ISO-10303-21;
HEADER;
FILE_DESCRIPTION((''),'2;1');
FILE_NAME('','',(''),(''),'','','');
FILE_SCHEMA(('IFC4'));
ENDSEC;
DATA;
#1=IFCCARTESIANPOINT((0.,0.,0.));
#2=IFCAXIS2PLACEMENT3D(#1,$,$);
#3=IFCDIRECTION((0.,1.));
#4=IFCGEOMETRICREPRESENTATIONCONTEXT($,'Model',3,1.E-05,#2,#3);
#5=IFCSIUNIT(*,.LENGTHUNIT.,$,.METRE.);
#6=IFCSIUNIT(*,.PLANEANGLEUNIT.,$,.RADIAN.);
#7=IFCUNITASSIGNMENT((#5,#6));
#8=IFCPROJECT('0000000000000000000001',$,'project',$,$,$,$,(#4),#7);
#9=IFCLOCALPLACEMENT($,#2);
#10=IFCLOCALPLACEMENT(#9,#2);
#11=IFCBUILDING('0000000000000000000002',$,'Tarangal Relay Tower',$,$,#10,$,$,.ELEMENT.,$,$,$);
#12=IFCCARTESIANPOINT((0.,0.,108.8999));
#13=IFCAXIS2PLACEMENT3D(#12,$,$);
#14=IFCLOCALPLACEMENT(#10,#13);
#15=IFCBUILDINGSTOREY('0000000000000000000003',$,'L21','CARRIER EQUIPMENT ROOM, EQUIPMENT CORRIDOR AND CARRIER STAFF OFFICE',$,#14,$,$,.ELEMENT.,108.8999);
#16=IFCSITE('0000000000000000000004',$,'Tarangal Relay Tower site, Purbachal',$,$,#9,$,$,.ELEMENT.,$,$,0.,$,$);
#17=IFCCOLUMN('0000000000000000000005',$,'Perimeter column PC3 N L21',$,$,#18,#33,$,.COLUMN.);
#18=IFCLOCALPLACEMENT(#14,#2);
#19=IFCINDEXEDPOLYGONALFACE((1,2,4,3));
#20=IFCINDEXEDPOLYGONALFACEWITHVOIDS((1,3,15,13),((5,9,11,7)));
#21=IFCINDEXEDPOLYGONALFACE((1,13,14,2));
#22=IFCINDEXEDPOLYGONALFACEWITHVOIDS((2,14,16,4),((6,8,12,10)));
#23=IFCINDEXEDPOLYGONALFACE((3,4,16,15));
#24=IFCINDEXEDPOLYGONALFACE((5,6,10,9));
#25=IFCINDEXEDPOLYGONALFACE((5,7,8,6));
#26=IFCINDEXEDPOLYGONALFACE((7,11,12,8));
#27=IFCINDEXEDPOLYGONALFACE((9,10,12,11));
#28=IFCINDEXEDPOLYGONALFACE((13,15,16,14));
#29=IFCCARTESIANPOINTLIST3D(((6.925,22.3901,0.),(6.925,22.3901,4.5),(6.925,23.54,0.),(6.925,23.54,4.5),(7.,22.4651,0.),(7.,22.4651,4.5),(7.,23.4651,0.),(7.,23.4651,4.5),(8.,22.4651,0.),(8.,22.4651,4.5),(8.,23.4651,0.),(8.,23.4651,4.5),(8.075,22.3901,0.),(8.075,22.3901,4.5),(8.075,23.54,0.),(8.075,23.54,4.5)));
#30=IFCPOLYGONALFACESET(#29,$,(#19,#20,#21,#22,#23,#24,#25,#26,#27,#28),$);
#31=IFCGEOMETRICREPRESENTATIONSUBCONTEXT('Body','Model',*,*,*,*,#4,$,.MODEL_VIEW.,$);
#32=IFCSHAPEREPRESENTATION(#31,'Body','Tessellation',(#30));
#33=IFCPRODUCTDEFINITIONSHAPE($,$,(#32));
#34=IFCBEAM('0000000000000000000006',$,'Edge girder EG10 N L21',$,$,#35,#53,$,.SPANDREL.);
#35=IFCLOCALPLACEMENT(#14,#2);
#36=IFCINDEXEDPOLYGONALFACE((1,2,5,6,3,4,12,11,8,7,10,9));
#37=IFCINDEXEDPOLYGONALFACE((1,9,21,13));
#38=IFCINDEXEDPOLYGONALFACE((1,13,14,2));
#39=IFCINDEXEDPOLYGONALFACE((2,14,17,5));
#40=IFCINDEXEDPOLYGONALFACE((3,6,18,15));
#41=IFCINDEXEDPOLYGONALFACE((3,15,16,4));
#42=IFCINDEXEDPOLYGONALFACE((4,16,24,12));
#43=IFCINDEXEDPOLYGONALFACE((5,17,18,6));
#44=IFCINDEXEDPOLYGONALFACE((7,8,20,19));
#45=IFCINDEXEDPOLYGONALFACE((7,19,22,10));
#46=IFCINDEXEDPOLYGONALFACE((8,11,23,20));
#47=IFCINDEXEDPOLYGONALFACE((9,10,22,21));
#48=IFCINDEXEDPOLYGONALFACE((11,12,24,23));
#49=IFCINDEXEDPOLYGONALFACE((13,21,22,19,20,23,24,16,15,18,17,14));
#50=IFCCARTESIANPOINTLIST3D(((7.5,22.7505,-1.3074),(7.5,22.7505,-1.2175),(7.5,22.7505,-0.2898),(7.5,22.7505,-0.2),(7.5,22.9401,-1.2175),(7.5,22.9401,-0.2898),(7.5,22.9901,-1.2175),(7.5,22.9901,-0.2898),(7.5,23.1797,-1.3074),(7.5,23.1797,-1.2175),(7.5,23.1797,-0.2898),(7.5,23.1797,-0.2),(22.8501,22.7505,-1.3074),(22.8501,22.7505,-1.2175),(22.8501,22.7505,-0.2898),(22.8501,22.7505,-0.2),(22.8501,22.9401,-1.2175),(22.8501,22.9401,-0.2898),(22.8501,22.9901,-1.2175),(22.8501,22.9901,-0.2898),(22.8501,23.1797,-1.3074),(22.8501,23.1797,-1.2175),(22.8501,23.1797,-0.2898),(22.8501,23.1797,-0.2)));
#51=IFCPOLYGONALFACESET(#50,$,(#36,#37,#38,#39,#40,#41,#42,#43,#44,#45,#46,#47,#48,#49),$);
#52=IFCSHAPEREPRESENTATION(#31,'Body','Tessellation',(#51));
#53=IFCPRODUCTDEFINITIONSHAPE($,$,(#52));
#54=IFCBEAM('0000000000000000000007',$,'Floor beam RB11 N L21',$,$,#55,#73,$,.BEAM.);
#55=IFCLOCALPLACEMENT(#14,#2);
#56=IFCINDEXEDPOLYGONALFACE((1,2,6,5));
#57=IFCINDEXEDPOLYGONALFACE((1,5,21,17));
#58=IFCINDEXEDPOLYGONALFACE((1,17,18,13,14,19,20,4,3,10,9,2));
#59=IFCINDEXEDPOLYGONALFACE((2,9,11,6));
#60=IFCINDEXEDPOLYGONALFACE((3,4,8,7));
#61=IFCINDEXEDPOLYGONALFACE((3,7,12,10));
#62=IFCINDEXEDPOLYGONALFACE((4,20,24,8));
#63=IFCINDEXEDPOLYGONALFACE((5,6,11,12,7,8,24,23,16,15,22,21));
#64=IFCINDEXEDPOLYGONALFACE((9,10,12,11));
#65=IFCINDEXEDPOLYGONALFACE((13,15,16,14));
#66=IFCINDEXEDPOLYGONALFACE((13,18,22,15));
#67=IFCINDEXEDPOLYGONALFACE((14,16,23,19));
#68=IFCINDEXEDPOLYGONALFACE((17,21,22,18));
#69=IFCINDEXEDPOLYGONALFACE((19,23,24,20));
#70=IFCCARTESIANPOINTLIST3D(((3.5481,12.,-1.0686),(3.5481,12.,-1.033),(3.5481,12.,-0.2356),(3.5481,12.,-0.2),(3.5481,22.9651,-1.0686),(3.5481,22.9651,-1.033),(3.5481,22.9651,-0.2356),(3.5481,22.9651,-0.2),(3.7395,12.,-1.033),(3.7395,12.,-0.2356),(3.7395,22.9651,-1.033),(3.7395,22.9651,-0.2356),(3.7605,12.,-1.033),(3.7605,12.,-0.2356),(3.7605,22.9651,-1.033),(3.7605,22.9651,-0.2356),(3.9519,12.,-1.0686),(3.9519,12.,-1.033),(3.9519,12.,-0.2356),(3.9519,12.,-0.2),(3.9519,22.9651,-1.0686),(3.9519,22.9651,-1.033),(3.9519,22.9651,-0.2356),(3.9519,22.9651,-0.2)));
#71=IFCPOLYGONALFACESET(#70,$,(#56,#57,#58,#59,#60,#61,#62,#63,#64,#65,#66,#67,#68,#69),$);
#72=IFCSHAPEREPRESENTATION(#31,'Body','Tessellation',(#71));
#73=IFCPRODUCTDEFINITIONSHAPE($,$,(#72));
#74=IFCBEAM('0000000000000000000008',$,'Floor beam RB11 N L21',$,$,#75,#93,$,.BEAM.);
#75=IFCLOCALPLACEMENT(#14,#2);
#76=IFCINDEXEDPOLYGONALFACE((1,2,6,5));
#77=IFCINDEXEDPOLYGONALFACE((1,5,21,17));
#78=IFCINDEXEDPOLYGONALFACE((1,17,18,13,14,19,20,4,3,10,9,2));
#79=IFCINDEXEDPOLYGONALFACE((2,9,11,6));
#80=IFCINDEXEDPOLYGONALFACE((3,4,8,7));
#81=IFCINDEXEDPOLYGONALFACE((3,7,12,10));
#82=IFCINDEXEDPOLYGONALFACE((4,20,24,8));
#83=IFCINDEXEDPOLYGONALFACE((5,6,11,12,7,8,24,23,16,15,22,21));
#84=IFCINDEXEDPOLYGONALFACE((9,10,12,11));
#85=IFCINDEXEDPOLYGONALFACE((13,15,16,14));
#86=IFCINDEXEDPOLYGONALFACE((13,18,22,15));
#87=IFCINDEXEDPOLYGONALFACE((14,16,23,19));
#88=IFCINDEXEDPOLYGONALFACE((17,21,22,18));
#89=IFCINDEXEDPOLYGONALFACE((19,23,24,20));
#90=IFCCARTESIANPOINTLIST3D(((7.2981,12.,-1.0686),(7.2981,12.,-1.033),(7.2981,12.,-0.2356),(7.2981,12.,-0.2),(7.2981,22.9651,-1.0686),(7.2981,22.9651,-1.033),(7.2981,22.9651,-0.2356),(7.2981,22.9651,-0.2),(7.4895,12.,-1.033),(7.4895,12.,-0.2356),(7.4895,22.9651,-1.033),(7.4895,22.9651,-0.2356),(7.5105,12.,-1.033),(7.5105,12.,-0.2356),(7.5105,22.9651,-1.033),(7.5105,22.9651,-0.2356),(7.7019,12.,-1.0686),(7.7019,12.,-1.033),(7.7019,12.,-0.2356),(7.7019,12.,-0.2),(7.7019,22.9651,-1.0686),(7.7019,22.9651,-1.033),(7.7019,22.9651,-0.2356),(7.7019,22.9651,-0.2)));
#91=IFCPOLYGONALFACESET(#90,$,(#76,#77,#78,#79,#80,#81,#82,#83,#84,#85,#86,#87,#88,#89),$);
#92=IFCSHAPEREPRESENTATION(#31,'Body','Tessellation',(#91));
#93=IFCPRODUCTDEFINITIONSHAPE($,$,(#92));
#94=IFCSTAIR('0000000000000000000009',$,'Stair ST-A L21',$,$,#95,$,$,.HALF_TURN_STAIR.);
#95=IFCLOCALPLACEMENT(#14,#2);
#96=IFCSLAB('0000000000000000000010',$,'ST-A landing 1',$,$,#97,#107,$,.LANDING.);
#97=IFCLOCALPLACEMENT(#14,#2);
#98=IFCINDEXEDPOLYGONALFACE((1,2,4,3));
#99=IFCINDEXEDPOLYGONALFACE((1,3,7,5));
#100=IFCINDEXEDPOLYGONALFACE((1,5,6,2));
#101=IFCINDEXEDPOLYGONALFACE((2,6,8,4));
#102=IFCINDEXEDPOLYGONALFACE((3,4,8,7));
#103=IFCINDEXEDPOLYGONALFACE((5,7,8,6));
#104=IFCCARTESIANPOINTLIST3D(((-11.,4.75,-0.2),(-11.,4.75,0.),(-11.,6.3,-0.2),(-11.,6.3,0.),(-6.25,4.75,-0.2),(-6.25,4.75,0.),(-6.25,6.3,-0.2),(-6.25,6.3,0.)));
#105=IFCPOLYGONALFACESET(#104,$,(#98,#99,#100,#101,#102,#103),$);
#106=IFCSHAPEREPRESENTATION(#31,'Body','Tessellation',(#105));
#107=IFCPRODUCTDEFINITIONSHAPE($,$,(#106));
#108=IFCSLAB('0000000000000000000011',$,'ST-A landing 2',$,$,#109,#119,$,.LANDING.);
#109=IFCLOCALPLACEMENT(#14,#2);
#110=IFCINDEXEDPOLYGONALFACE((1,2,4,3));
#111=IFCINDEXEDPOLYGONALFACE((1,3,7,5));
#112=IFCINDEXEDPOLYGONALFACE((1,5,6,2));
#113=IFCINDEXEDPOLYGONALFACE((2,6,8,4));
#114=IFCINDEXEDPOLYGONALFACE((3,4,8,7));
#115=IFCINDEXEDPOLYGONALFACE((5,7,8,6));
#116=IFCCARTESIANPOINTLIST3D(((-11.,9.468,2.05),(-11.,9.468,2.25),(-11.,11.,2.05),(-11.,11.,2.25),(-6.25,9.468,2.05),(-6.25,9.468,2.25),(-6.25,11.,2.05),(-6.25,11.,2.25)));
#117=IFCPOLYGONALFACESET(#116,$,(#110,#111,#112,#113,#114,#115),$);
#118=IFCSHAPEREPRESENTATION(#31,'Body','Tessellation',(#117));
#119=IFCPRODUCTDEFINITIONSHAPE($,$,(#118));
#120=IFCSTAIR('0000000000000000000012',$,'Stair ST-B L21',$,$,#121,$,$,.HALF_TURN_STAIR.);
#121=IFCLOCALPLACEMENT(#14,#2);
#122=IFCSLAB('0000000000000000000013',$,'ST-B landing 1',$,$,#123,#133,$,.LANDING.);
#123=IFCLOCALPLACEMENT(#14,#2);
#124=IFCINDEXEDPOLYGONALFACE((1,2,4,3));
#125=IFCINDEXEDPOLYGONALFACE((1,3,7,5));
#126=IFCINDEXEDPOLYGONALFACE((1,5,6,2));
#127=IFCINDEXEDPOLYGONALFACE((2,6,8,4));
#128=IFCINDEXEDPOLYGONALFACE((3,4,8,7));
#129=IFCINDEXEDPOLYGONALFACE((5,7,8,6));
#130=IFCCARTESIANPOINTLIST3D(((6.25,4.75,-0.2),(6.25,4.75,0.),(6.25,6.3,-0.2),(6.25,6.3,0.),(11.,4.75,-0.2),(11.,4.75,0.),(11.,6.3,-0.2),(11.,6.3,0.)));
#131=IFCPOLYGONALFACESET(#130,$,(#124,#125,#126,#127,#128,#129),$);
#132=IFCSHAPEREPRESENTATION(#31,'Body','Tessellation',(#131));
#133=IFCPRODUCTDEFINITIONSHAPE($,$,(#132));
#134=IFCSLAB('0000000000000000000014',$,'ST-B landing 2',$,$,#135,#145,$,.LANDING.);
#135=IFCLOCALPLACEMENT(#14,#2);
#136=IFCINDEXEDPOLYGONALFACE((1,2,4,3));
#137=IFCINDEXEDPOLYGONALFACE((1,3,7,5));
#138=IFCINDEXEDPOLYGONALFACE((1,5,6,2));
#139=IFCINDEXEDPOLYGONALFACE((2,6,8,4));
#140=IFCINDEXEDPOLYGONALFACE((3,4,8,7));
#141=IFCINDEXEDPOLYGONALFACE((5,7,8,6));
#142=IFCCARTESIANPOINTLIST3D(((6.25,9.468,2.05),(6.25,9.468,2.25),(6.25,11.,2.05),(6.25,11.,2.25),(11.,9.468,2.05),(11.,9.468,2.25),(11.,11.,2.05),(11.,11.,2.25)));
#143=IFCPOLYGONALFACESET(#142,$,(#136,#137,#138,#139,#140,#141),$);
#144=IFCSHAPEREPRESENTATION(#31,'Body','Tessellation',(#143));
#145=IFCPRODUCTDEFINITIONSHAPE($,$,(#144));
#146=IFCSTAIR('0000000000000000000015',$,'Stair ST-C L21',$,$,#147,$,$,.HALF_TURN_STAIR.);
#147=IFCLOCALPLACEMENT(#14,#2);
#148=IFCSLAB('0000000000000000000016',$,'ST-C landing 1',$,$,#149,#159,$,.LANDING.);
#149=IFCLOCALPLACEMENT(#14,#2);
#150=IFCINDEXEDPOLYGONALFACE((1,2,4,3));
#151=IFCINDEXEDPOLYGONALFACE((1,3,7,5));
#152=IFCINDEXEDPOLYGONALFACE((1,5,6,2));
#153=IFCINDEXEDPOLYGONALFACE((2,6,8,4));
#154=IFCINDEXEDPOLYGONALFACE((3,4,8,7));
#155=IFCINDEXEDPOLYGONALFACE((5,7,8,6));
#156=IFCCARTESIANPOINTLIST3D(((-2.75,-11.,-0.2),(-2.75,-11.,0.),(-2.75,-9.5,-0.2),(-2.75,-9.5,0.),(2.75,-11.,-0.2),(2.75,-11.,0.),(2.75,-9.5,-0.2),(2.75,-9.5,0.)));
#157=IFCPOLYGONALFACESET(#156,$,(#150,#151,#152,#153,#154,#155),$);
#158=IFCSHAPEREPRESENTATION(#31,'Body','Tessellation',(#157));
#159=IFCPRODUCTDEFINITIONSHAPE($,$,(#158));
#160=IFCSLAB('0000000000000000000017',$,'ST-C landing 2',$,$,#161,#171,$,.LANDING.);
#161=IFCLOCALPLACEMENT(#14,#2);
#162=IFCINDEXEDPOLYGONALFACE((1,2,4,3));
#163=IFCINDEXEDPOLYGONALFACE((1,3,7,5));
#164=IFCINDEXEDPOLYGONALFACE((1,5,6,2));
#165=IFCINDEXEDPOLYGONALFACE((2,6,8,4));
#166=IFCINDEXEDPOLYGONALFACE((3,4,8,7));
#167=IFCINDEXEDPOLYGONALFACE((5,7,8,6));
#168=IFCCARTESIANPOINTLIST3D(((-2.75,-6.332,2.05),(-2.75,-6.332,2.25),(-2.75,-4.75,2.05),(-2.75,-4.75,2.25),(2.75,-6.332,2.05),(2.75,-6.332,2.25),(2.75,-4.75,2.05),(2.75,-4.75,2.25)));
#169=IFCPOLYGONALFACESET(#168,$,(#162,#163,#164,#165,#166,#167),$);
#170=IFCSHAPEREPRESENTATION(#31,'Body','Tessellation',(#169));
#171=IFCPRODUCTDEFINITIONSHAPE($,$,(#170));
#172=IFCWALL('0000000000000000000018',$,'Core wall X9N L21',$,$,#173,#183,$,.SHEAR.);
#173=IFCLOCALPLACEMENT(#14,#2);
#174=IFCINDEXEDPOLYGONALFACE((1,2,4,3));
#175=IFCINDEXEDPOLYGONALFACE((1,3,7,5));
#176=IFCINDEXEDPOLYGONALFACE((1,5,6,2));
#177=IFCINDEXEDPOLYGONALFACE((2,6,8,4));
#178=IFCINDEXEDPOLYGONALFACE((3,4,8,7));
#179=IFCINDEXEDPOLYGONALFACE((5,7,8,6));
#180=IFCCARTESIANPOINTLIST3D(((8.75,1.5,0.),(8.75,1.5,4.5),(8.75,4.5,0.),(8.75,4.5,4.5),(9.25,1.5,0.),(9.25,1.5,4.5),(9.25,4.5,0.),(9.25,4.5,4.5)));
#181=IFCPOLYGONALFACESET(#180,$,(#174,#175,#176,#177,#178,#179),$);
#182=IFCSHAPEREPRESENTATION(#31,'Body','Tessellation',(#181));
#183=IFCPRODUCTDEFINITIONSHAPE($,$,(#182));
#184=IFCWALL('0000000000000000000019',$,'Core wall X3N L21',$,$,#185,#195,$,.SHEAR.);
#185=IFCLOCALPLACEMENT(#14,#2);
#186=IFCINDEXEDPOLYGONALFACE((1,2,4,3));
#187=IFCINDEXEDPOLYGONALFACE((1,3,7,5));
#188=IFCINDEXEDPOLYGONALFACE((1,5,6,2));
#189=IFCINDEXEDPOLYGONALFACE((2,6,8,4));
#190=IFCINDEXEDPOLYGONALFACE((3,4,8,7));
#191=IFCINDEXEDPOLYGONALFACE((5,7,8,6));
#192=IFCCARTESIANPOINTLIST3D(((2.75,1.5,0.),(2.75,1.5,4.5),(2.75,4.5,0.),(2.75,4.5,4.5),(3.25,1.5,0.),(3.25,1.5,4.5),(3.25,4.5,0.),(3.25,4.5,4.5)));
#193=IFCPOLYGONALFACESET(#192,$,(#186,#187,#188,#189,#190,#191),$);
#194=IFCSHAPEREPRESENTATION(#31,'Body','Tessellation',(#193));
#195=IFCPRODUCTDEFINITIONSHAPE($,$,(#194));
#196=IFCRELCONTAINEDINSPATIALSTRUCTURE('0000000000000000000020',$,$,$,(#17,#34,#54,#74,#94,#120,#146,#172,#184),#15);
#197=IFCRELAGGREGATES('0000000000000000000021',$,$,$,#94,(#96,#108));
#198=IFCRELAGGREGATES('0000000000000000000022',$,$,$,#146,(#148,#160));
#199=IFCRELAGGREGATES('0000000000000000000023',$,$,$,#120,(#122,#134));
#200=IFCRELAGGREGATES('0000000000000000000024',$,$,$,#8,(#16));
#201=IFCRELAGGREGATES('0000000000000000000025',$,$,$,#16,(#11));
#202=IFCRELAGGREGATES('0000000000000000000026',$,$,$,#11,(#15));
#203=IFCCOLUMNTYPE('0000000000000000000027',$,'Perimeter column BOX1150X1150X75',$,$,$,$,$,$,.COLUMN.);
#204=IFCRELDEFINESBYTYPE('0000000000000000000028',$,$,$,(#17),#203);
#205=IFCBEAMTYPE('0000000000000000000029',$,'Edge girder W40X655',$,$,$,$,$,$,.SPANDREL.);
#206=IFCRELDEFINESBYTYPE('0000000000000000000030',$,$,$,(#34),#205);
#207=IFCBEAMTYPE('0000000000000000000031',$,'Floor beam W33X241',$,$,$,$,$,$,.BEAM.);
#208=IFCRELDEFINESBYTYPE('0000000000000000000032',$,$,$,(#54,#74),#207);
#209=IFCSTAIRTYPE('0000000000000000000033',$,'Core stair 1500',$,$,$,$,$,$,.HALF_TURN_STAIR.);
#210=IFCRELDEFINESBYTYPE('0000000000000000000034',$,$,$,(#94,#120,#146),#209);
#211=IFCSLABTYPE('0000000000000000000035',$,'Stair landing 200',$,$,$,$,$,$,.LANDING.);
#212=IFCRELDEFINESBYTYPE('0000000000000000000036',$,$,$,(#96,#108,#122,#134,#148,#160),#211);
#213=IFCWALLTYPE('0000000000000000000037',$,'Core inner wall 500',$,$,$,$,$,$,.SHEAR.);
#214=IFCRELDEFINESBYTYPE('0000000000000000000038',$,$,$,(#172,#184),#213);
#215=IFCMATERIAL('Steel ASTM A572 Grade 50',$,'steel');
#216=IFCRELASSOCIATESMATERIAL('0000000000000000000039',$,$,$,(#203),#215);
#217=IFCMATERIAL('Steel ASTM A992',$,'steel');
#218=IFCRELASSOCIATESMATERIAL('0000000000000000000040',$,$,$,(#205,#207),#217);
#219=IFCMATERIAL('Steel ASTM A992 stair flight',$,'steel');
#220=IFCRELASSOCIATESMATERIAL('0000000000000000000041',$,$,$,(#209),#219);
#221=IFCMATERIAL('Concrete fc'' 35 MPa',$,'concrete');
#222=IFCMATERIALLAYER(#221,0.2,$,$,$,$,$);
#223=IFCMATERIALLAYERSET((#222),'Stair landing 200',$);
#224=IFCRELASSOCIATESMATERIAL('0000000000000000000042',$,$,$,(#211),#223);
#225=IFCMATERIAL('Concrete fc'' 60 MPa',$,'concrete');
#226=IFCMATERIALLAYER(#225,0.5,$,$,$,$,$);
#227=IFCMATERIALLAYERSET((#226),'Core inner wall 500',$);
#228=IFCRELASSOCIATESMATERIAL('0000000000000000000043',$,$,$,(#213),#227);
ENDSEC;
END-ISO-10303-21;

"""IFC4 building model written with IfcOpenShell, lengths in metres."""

from ifc_helpers import new_model, si_unit, direction, frame, frame_2d, origin, origin_2d, place, context, subcontext, project, spatial, polyline, rectangle, hollow_rectangle, i_section, outline, extrude, material, layer, layer_set, material_profile, profile_set, type_object, element, aggregate, save


model = new_model("IFC4")

# Units and contexts
model_context = context("Model", 3, precision=1e-05, world=origin(), true_north=direction((0.0, 1.0)))
body_context = subcontext(model_context, "Body", "Model", "MODEL_VIEW")
ifc_project = project(units=[si_unit("LENGTHUNIT", "METRE"), si_unit("PLANEANGLEUNIT", "RADIAN")], contexts=[model_context])

# Site, building, storey
site_placement = place(None, origin())
site = spatial("IfcSite", under=ifc_project, at=site_placement, Name="Tarangal Relay Tower site, Purbachal", CompositionType="ELEMENT", RefElevation=0.0)
building_placement = place(site_placement, origin())
building = spatial("IfcBuilding", under=site, at=building_placement, Name="Tarangal Relay Tower", CompositionType="ELEMENT")
storey_placement = place(building_placement, frame((0.0, 0.0, 108.8999)))
storey = spatial("IfcBuildingStorey", under=building, at=storey_placement, Name="L21", Description="CARRIER EQUIPMENT ROOM, EQUIPMENT CORRIDOR AND CARRIER STAFF OFFICE", CompositionType="ELEMENT", Elevation=108.8999)

# Column
ifc_material_1 = material(Name="Steel ASTM A572 Grade 50", Category="steel")
ifc_material_profile_1 = material_profile(ifc_material_1, hollow_rectangle(XDim=1.1499, YDim=1.1499, WallThickness=0.075, at=origin_2d()), Name="BOX1150X1150X75")
ifc_profile_set_1 = profile_set([ifc_material_profile_1], Name="Steel ASTM A572 Grade 50")
column_type = type_object("IfcColumnType", Name="Perimeter column BOX1150X1150X75", PredefinedType="COLUMN", material=ifc_profile_set_1)
column_placement = place(storey_placement, frame((7.5, 22.9651, 0.0), z_axis=(0.0, 0.0, 1.0), x_axis=(1.0, 0.0, 0.0)))
element("IfcColumn", 1, at=column_placement, inside=storey, type_object=column_type, Name="Perimeter column PC3 N L21", PredefinedType="COLUMN", context=body_context, shape_type="SweptSolid", body=[
    extrude(hollow_rectangle(XDim=1.1499, YDim=1.1499, WallThickness=0.075, at=origin_2d()), origin(), (0.0, 0.0, 1.0), 4.5),
])

# Beams
ifc_material_2 = material(Name="Steel ASTM A992", Category="steel")
ifc_material_profile_2 = material_profile(ifc_material_2, i_section(OverallWidth=0.4292, OverallDepth=1.1074, WebThickness=0.05, FlangeThickness=0.0898, at=origin_2d()), Name="W40X655")
ifc_profile_set_2 = profile_set([ifc_material_profile_2], Name="Steel ASTM A992")
beam_type_1 = type_object("IfcBeamType", Name="Edge girder W40X655", PredefinedType="SPANDREL", material=ifc_profile_set_2)
beam_placement = place(storey_placement, frame((7.5, 22.9651, -0.7537), z_axis=(1.0, 0.0, 0.0), x_axis=(0.0, 1.0, 0.0)))
element("IfcBeam", 2, at=beam_placement, inside=storey, type_object=beam_type_1, Name="Edge girder EG10 N L21", PredefinedType="SPANDREL", context=body_context, shape_type="SweptSolid", body=[
    extrude(i_section(OverallWidth=0.4292, OverallDepth=1.1074, WebThickness=0.05, FlangeThickness=0.0898, at=origin_2d()), origin(), (0.0, 0.0, 1.0), 15.3501),
])
ifc_material_profile_3 = material_profile(ifc_material_2, i_section(OverallWidth=0.4038, OverallDepth=0.8687, WebThickness=0.021, FlangeThickness=0.0356, at=origin_2d()), Name="W33X241")
ifc_profile_set_3 = profile_set([ifc_material_profile_3], Name="Steel ASTM A992")
beam_type_2 = type_object("IfcBeamType", Name="Floor beam W33X241", PredefinedType="BEAM", material=ifc_profile_set_3)
for number, where, z_axis, x_axis, name in (
    (3, (3.75, 12.0, -0.6343), (0.0, 1.0, 0.0), (-1.0, 0.0, 0.0), "Floor beam RB11 N L21"),
    (4, (7.5, 12.0, -0.6343), (0.0, 1.0, 0.0), (-1.0, 0.0, 0.0), "Floor beam RB11 N L21"),
):
    element("IfcBeam", number, at=place(storey_placement, frame(where, z_axis=z_axis, x_axis=x_axis)), inside=storey, type_object=beam_type_2, Name=name, PredefinedType="BEAM", context=body_context, shape_type="SweptSolid", body=[
        extrude(i_section(OverallWidth=0.4038, OverallDepth=0.8687, WebThickness=0.021, FlangeThickness=0.0356, at=origin_2d()), origin(), (0.0, 0.0, 1.0), 10.9651),
    ])

# Stairs, slabs
ifc_material_3 = material(Name="Steel ASTM A992 stair flight", Category="steel")
stair_type = type_object("IfcStairType", Name="Core stair 1500", PredefinedType="HALF_TURN_STAIR", material=ifc_material_3)
stair_1_placement = place(storey_placement, origin())
stair_1 = element("IfcStair", 5, at=stair_1_placement, inside=storey, type_object=stair_type, Name="Stair ST-A L21", PredefinedType="HALF_TURN_STAIR")
ifc_material_4 = material(Name="Concrete fc' 35 MPa", Category="concrete")
ifc_layer_1 = layer(ifc_material_4, 0.2)
ifc_layer_set_1 = layer_set([ifc_layer_1], Name="Stair landing 200")
slab_type = type_object("IfcSlabType", Name="Stair landing 200", PredefinedType="LANDING", material=ifc_layer_set_1)
slab_1_placement = place(storey_placement, frame((0.0, 0.0, -0.2)))
slab_1 = element("IfcSlab", 6, at=slab_1_placement, type_object=slab_type, Name="ST-A landing 1", PredefinedType="LANDING", context=body_context, shape_type="SweptSolid", body=[
    extrude(outline(polyline([(-11.0, 4.75), (-6.25, 4.75), (-6.25, 6.3), (-11.0, 6.3), (-11.0, 4.75)])), origin(), (0.0, 0.0, 1.0), 0.2),
])
slab_2_placement = place(storey_placement, frame((0.0, 0.0, 2.05)))
slab_2 = element("IfcSlab", 7, at=slab_2_placement, type_object=slab_type, Name="ST-A landing 2", PredefinedType="LANDING", context=body_context, shape_type="SweptSolid", body=[
    extrude(outline(polyline([(-11.0, 9.468), (-6.25, 9.468), (-6.25, 11.0), (-11.0, 11.0), (-11.0, 9.468)])), origin(), (0.0, 0.0, 1.0), 0.2),
])
aggregate(stair_1, [slab_1, slab_2])
stair_2_placement = place(storey_placement, origin())
stair_2 = element("IfcStair", 8, at=stair_2_placement, inside=storey, type_object=stair_type, Name="Stair ST-B L21", PredefinedType="HALF_TURN_STAIR")
slab_3_placement = place(storey_placement, frame((0.0, 0.0, -0.2)))
slab_3 = element("IfcSlab", 9, at=slab_3_placement, type_object=slab_type, Name="ST-B landing 1", PredefinedType="LANDING", context=body_context, shape_type="SweptSolid", body=[
    extrude(outline(polyline([(6.25, 4.75), (11.0, 4.75), (11.0, 6.3), (6.25, 6.3), (6.25, 4.75)])), origin(), (0.0, 0.0, 1.0), 0.2),
])
slab_4_placement = place(storey_placement, frame((0.0, 0.0, 2.05)))
slab_4 = element("IfcSlab", 10, at=slab_4_placement, type_object=slab_type, Name="ST-B landing 2", PredefinedType="LANDING", context=body_context, shape_type="SweptSolid", body=[
    extrude(outline(polyline([(6.25, 9.468), (11.0, 9.468), (11.0, 11.0), (6.25, 11.0), (6.25, 9.468)])), origin(), (0.0, 0.0, 1.0), 0.2),
])
stair_3_placement = place(storey_placement, origin())
stair_3 = element("IfcStair", 11, at=stair_3_placement, inside=storey, type_object=stair_type, Name="Stair ST-C L21", PredefinedType="HALF_TURN_STAIR")
slab_5_placement = place(storey_placement, frame((0.0, 0.0, -0.2)))
slab_5 = element("IfcSlab", 12, at=slab_5_placement, type_object=slab_type, Name="ST-C landing 1", PredefinedType="LANDING", context=body_context, shape_type="SweptSolid", body=[
    extrude(outline(polyline([(-2.75, -11.0), (2.75, -11.0), (2.75, -9.5), (-2.75, -9.5), (-2.75, -11.0)])), origin(), (0.0, 0.0, 1.0), 0.2),
])
slab_6_placement = place(storey_placement, frame((0.0, 0.0, 2.05)))
slab_6 = element("IfcSlab", 13, at=slab_6_placement, type_object=slab_type, Name="ST-C landing 2", PredefinedType="LANDING", context=body_context, shape_type="SweptSolid", body=[
    extrude(outline(polyline([(-2.75, -6.332), (2.75, -6.332), (2.75, -4.75), (-2.75, -4.75), (-2.75, -6.332)])), origin(), (0.0, 0.0, 1.0), 0.2),
])
aggregate(stair_3, [slab_5, slab_6])

# Walls
ifc_material_5 = material(Name="Concrete fc' 60 MPa", Category="concrete")
ifc_layer_2 = layer(ifc_material_5, 0.5)
ifc_layer_set_2 = layer_set([ifc_layer_2], Name="Core inner wall 500")
wall_type_1 = type_object("IfcWallType", Name="Core inner wall 500", PredefinedType="SHEAR", material=ifc_layer_set_2)
for number, where, z_axis, x_axis, name in (
    (14, (9.0, 1.5, 0.0), (0.0, 0.0, 1.0), (0.0, 1.0, 0.0), "Core wall X9N L21"),
    (15, (3.0, 1.5, 0.0), (0.0, 0.0, 1.0), (0.0, 1.0, 0.0), "Core wall X3N L21"),
):
    element("IfcWall", number, at=place(storey_placement, frame(where, z_axis=z_axis, x_axis=x_axis)), inside=storey, type_object=wall_type_1, Name=name, PredefinedType="SHEAR", context=body_context, shape_type="SweptSolid", body=[
        extrude(rectangle(XDim=3.0, YDim=0.5, at=frame_2d((1.5, 0.0))), origin(), (0.0, 0.0, 1.0), 4.5),
    ])

aggregate(stair_2, [slab_3, slab_4])

save(model, "model.ifc")
